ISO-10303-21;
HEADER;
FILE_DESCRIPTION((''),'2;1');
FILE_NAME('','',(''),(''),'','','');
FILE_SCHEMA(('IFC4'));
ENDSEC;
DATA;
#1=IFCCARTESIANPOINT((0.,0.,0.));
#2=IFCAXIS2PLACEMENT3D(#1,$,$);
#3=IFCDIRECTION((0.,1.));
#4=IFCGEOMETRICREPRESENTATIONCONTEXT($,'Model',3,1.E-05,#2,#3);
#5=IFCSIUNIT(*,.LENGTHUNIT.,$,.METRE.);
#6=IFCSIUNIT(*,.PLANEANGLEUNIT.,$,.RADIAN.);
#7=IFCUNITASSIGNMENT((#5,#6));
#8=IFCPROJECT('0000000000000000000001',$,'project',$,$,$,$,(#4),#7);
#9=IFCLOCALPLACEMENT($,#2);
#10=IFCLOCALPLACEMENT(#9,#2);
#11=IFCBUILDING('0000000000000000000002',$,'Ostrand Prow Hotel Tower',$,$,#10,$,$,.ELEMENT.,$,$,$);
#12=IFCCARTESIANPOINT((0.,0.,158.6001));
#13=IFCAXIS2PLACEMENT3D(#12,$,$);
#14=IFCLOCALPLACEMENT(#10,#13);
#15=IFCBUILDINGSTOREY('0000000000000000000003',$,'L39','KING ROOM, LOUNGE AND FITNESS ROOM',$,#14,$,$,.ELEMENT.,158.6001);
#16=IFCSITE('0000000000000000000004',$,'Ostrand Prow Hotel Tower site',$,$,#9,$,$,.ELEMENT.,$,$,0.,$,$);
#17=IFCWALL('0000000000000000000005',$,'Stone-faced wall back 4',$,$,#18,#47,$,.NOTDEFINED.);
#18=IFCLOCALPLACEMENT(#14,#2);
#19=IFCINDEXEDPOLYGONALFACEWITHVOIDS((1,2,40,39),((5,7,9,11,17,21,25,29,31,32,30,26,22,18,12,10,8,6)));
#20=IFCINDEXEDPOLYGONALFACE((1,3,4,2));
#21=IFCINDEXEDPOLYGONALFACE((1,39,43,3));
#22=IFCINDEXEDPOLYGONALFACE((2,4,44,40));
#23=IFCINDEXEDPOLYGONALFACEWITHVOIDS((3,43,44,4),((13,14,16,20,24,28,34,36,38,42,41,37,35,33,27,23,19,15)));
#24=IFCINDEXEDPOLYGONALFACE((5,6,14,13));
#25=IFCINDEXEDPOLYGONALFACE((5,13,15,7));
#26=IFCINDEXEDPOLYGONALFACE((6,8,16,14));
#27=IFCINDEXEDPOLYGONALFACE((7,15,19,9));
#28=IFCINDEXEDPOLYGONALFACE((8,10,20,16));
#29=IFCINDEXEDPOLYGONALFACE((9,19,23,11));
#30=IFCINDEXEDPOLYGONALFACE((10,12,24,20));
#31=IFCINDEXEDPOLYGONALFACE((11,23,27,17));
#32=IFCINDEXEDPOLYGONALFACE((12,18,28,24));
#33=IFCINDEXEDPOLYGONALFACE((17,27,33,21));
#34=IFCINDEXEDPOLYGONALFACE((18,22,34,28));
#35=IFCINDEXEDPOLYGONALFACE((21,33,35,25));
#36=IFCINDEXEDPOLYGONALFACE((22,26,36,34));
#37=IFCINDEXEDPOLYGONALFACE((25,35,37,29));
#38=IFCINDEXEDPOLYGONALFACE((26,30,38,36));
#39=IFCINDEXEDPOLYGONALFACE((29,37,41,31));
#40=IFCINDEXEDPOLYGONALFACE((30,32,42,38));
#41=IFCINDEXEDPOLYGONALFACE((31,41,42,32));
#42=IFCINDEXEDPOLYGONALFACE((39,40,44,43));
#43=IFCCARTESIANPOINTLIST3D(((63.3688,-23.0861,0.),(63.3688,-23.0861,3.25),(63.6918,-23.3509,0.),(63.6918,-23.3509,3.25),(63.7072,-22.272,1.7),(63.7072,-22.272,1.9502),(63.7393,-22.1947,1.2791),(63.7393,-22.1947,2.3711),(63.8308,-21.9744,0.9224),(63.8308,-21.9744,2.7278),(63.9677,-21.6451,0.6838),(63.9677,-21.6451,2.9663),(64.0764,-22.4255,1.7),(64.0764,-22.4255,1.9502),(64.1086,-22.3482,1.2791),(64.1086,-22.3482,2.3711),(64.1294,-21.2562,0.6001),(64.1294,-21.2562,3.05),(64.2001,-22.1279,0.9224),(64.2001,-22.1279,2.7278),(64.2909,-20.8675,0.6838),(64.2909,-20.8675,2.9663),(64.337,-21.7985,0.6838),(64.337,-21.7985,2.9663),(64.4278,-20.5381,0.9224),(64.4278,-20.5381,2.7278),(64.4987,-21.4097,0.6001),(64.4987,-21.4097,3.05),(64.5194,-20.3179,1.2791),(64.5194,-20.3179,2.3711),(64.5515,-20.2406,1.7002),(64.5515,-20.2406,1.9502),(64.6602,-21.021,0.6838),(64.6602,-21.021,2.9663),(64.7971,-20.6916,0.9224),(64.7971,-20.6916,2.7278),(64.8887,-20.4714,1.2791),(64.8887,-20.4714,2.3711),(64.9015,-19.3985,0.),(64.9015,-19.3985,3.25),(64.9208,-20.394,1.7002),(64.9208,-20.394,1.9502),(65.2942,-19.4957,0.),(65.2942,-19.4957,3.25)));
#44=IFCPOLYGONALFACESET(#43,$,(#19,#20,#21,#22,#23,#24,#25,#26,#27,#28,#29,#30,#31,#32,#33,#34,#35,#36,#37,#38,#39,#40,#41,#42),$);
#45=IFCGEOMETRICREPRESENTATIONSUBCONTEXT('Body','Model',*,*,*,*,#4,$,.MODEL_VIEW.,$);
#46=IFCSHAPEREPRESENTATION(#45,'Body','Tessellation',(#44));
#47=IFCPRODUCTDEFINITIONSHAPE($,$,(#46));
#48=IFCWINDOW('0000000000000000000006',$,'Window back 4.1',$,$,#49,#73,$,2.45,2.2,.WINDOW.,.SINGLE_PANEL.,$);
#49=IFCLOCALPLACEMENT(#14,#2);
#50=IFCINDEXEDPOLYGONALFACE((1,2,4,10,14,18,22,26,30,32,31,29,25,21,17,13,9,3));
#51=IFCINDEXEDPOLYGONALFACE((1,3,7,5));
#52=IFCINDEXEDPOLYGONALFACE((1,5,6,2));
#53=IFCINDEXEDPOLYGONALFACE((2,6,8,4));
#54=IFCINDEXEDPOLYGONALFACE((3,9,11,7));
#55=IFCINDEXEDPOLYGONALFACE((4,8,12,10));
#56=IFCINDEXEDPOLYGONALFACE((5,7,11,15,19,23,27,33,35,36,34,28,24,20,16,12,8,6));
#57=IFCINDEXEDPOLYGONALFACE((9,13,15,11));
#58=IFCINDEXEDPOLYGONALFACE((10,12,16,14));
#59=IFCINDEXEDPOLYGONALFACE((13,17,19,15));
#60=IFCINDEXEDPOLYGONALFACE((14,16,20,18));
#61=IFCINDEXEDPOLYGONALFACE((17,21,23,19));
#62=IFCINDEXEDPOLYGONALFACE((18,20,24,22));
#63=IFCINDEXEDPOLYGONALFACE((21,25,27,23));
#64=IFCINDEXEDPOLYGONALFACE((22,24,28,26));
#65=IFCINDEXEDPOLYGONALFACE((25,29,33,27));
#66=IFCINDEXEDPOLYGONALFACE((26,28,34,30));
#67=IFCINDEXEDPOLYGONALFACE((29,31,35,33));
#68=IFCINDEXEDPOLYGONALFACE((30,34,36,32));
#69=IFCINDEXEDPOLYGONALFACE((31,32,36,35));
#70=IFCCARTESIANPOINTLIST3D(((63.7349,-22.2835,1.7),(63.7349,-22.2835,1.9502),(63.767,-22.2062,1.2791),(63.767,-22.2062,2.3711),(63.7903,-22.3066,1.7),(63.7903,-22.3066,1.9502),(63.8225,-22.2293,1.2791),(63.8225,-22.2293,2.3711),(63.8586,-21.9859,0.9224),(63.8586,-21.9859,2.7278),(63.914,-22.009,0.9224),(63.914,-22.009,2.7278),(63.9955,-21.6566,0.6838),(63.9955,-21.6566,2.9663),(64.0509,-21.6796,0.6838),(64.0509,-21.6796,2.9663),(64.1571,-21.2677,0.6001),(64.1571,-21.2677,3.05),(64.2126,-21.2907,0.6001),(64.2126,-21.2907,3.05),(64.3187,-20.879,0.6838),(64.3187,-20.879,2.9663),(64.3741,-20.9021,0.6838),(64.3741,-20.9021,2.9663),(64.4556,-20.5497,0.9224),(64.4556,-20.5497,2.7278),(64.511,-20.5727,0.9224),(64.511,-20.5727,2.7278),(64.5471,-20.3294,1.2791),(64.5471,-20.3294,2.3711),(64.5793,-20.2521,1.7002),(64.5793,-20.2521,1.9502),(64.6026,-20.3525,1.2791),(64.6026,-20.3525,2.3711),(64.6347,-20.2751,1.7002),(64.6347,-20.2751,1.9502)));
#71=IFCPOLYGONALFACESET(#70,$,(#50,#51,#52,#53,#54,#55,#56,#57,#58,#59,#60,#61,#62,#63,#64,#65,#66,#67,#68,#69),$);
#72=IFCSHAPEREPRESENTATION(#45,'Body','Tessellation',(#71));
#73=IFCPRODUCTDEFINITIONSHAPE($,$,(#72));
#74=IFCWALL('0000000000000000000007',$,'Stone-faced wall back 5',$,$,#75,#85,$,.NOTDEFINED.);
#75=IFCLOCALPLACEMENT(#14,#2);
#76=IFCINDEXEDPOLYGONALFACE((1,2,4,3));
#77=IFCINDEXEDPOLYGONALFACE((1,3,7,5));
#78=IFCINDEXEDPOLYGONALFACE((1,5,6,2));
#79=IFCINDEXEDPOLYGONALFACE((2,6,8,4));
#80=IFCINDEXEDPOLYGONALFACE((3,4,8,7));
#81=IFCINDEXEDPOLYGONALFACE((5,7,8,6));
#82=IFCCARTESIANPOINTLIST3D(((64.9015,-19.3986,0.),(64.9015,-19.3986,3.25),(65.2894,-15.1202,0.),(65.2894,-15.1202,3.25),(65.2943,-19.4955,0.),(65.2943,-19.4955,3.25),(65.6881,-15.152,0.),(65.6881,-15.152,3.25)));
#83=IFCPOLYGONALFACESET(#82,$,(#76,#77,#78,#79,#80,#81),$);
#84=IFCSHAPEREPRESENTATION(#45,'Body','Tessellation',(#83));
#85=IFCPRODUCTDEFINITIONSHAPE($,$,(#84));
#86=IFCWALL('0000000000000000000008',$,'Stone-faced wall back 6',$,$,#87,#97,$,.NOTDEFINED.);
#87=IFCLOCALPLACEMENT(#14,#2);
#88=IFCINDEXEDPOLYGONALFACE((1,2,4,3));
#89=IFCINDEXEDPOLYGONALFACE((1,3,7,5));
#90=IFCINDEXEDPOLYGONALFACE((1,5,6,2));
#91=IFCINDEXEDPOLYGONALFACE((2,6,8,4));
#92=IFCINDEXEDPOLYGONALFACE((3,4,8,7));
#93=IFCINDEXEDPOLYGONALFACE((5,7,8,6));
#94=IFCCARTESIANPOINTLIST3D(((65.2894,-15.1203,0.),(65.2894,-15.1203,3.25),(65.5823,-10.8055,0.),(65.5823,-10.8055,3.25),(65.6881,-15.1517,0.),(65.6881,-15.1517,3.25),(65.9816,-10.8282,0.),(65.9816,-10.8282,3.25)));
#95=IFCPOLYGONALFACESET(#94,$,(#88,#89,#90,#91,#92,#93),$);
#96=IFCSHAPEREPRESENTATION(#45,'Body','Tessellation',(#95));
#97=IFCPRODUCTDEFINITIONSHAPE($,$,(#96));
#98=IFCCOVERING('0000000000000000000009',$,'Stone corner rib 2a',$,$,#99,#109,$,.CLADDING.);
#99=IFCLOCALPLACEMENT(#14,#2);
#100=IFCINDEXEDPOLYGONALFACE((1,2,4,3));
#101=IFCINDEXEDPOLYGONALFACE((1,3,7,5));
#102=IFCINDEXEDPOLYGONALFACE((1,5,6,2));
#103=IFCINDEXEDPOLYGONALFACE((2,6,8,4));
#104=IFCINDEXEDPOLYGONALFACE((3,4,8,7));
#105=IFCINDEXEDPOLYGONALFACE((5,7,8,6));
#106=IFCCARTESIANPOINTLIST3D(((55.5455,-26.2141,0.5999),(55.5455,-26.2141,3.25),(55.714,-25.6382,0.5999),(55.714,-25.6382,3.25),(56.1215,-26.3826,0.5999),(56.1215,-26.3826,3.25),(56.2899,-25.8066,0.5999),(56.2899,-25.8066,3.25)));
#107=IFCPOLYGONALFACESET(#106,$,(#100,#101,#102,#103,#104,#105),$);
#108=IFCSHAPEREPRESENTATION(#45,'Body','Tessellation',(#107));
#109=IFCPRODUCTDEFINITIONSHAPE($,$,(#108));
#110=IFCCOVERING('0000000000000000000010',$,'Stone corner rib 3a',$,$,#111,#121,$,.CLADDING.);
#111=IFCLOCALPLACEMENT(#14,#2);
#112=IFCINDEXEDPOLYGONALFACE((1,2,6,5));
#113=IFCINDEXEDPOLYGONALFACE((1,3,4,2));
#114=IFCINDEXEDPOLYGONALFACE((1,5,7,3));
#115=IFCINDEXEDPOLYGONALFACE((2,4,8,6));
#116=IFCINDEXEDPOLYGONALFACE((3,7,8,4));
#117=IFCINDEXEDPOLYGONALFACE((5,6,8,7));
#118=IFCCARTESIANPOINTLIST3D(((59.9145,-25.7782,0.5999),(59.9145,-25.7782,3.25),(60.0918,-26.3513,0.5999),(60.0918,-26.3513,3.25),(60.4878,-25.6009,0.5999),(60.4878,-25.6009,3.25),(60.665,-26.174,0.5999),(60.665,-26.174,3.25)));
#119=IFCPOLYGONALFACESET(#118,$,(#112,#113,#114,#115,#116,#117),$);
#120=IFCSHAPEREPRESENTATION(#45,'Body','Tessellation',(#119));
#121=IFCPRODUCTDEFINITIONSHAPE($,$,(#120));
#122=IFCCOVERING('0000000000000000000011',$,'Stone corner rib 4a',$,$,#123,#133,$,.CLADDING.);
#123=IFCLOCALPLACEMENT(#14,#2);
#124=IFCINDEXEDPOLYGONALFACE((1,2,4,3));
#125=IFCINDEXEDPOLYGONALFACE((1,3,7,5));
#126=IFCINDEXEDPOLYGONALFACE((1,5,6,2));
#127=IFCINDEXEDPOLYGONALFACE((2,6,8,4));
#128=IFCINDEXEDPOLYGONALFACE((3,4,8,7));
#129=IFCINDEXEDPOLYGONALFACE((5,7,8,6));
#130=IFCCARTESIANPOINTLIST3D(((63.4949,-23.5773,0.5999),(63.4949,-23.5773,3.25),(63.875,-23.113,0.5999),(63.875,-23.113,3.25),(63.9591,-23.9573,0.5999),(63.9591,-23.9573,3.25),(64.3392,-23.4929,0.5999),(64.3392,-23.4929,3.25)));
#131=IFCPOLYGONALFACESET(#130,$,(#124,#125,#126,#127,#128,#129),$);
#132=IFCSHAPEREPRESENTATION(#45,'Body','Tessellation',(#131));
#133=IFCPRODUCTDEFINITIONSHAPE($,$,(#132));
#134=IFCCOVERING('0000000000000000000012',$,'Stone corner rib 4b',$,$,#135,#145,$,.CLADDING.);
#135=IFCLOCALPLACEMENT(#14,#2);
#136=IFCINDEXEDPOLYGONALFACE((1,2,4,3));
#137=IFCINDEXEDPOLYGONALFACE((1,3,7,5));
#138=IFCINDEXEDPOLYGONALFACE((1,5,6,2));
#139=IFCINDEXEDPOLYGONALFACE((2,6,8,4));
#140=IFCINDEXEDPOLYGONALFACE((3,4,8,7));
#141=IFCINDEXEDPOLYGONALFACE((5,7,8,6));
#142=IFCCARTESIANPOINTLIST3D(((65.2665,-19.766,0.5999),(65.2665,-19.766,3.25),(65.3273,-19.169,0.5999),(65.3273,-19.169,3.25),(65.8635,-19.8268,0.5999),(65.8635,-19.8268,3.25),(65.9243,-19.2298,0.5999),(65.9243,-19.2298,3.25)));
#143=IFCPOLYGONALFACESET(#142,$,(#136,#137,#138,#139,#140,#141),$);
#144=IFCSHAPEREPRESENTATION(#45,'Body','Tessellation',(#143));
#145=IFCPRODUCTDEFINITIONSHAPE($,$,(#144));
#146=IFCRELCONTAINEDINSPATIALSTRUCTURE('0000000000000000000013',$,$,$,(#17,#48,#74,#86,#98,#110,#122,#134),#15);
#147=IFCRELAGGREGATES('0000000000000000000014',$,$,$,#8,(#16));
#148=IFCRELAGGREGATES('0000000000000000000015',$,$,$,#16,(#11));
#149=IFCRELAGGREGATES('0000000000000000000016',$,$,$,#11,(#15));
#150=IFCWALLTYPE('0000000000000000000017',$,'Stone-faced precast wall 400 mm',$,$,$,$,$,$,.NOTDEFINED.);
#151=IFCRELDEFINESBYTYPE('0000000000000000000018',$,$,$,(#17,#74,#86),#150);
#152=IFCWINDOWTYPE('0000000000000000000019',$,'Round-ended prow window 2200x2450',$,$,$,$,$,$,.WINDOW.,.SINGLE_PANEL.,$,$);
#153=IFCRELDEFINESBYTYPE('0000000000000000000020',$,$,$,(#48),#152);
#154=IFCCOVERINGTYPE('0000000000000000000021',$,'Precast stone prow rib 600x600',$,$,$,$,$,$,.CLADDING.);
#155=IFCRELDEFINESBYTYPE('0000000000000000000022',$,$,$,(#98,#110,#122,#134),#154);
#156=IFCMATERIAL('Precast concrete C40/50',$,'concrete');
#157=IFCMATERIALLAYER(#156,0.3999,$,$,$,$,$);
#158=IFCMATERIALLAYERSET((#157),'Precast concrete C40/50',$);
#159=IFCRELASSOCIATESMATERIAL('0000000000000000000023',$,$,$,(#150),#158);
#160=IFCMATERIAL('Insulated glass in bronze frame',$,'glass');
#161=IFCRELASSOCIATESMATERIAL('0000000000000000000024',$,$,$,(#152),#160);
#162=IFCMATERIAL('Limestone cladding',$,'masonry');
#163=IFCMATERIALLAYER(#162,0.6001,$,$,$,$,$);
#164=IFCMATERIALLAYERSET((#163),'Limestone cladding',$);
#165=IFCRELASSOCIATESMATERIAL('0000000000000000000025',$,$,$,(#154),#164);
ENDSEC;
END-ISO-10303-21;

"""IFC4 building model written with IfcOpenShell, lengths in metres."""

from ifc_helpers import new_model, si_unit, direction, frame, frame_2d, origin, place, context, subcontext, project, spatial, polyline, rectangle, outline, extrude, material, layer, layer_set, type_object, element, fill, save


model = new_model("IFC4")

# Units and contexts
model_context = context("Model", 3, precision=1e-05, world=origin(), true_north=direction((0.0, 1.0)))
body_context = subcontext(model_context, "Body", "Model", "MODEL_VIEW")
ifc_project = project(units=[si_unit("LENGTHUNIT", "METRE"), si_unit("PLANEANGLEUNIT", "RADIAN")], contexts=[model_context])

# Site, building, storey
site_placement = place(None, origin())
site = spatial("IfcSite", under=ifc_project, at=site_placement, Name="Ostrand Prow Hotel Tower site", CompositionType="ELEMENT", RefElevation=0.0)
building_placement = place(site_placement, origin())
building = spatial("IfcBuilding", under=site, at=building_placement, Name="Ostrand Prow Hotel Tower", CompositionType="ELEMENT")
storey_placement = place(building_placement, frame((0.0, 0.0, 158.6001)))
storey = spatial("IfcBuildingStorey", under=building, at=storey_placement, Name="L39", Description="KING ROOM, LOUNGE AND FITNESS ROOM", CompositionType="ELEMENT", Elevation=158.6001)

# Wall, opening, window
ifc_material_1 = material(Name="Precast concrete C40/50", Category="concrete")
ifc_layer_1 = layer(ifc_material_1, 0.3999)
ifc_layer_set_1 = layer_set([ifc_layer_1], Name="Precast concrete C40/50")
wall_type_1 = type_object("IfcWallType", Name="Stone-faced precast wall 400 mm", PredefinedType="NOTDEFINED", material=ifc_layer_set_1)
ifc_material_2 = material(Name="Insulated glass in bronze frame", Category="glass")
window_type = type_object("IfcWindowType", Name="Round-ended prow window 2200x2450", PartitioningType="SINGLE_PANEL", PredefinedType="WINDOW", material=ifc_material_2)
wall_1_placement = place(storey_placement, frame((63.5303, -23.2185, 0.0), z_axis=(0.0, 0.0, 1.0), x_axis=(0.383817, 0.923409, 0.0)))
wall_1 = element("IfcWall", 1, at=wall_1_placement, inside=storey, type_object=wall_type_1, Name="Stone-faced wall back 4", PredefinedType="NOTDEFINED", context=body_context, shape_type="SweptSolid", body=[
    extrude(outline(polyline([(-0.0603, -0.2), (4.1147, -0.2), (4.0537, 0.2), (0.0603, 0.2), (-0.0603, -0.2)])), origin(), (0.0, 0.0, 1.0), 3.25),
])
opening_1_placement = place(wall_1_placement, frame((0.9419, 0.0, 0.6001)))
opening_1 = element("IfcOpeningElement", 2, at=opening_1_placement, cuts=wall_1, PredefinedType="OPENING", context=body_context, shape_type="SweptSolid", body=[
    extrude(outline(polyline([(0.0, 1.3501), (0.0837, 1.771), (0.3223, 2.1277), (0.679, 2.3662), (1.1001, 2.45), (1.521, 2.3662), (1.8777, 2.1277), (2.1162, 1.771), (2.2, 1.3501), (2.2, 1.1001), (2.1162, 0.679), (1.8777, 0.3223), (1.521, 0.0837), (1.1001, 0.0), (0.679, 0.0837), (0.3223, 0.3223), (0.0837, 0.679), (0.0, 1.0999), (0.0, 1.3501)])), frame((0.0, 0.21, 0.0), z_axis=(0.0, -1.0, 0.0), x_axis=(1.0, 0.0, 0.0)), (0.0, 0.0, 1.0), 0.4199),
])
window_1_placement = place(opening_1_placement, origin())
window_1 = element("IfcWindow", 3, at=window_1_placement, inside=storey, type_object=window_type, Name="Window back 4.1", OverallHeight=2.45, OverallWidth=2.2, PartitioningType="SINGLE_PANEL", PredefinedType="WINDOW", context=body_context, shape_type="SweptSolid", body=[
    extrude(outline(polyline([(0.0, 1.3501), (0.0837, 1.771), (0.3223, 2.1277), (0.679, 2.3662), (1.1001, 2.45), (1.521, 2.3662), (1.8777, 2.1277), (2.1162, 1.771), (2.2, 1.3501), (2.2, 1.1001), (2.1162, 0.679), (1.8777, 0.3223), (1.521, 0.0837), (1.1001, 0.0), (0.679, 0.0837), (0.3223, 0.3223), (0.0837, 0.679), (0.0, 1.0999), (0.0, 1.3501)])), frame((0.0, 0.1699, 0.0), z_axis=(0.0, -1.0, 0.0), x_axis=(1.0, 0.0, 0.0)), (0.0, 0.0, 1.0), 0.0601),
])
fill(opening_1, window_1)

# Walls
wall_2_placement = place(storey_placement, frame((65.0979, -19.447, 0.0), z_axis=(0.0, 0.0, 1.0), x_axis=(0.090297, 0.995915, 0.0)))
element("IfcWall", 4, at=wall_2_placement, inside=storey, type_object=wall_type_1, Name="Stone-faced wall back 5", PredefinedType="NOTDEFINED", context=body_context, shape_type="SweptSolid", body=[
    extrude(outline(polyline([(-0.0305, -0.2), (4.3308, -0.2), (4.3264, 0.2), (0.0305, 0.2), (-0.0305, -0.2)])), origin(), (0.0, 0.0, 1.0), 3.25),
])
wall_3_placement = place(storey_placement, frame((65.4888, -15.136, 0.0), z_axis=(0.0, 0.0, 1.0), x_axis=(0.067732, 0.997704, 0.0)))
element("IfcWall", 5, at=wall_3_placement, inside=storey, type_object=wall_type_1, Name="Stone-faced wall back 6", PredefinedType="NOTDEFINED", context=body_context, shape_type="SweptSolid", body=[
    extrude(outline(polyline([(-0.0022, -0.2), (4.3313, -0.2), (4.3269, 0.2), (0.0022, 0.2), (-0.0022, -0.2)])), origin(), (0.0, 0.0, 1.0), 3.25),
])

# Coverings
ifc_material_3 = material(Name="Limestone cladding", Category="masonry")
ifc_layer_2 = layer(ifc_material_3, 0.6001)
ifc_layer_set_2 = layer_set([ifc_layer_2], Name="Limestone cladding")
covering_type = type_object("IfcCoveringType", Name="Precast stone prow rib 600x600", PredefinedType="CLADDING", material=ifc_layer_set_2)
covering_1_placement = place(storey_placement, frame((56.002, -25.7224, 0.5999), z_axis=(0.0, 0.0, 1.0), x_axis=(-0.280734, -0.959786, 0.0)))
element("IfcCovering", 6, at=covering_1_placement, inside=storey, type_object=covering_type, Name="Stone corner rib 2a", PredefinedType="CLADDING", context=body_context, shape_type="SweptSolid", body=[
    extrude(rectangle(XDim=0.6001, YDim=0.6001, at=frame_2d((0.3, 0.0))), origin(), (0.0, 0.0, 1.0), 2.6501),
])
for number, where, z_axis, x_axis, name in (
    (7, (60.2012, -25.6897, 0.5999), (0.0, 0.0, 1.0), (0.295516, -0.955338, 0.0), "Stone corner rib 3a"),
    (8, (63.6851, -23.3452, 0.5999), (0.0, 0.0, 1.0), (0.77383, -0.633393, 0.0), "Stone corner rib 4a"),
):
    element("IfcCovering", number, at=place(storey_placement, frame(where, z_axis=z_axis, x_axis=x_axis)), inside=storey, type_object=covering_type, Name=name, PredefinedType="CLADDING", context=body_context, shape_type="SweptSolid", body=[
        extrude(rectangle(XDim=0.5999, YDim=0.6001, at=frame_2d((0.2998, 0.0))), origin(), (0.0, 0.0, 1.0), 2.6501),
    ])
covering_2_placement = place(storey_placement, frame((65.2969, -19.4675, 0.5999), z_axis=(0.0, 0.0, 1.0), x_axis=(0.994854, -0.101316, 0.0)))
element("IfcCovering", 9, at=covering_2_placement, inside=storey, type_object=covering_type, Name="Stone corner rib 4b", PredefinedType="CLADDING", context=body_context, shape_type="SweptSolid", body=[
    extrude(rectangle(XDim=0.6001, YDim=0.6001, at=frame_2d((0.3, 0.0))), origin(), (0.0, 0.0, 1.0), 2.6501),
])

save(model, "model.ifc")
